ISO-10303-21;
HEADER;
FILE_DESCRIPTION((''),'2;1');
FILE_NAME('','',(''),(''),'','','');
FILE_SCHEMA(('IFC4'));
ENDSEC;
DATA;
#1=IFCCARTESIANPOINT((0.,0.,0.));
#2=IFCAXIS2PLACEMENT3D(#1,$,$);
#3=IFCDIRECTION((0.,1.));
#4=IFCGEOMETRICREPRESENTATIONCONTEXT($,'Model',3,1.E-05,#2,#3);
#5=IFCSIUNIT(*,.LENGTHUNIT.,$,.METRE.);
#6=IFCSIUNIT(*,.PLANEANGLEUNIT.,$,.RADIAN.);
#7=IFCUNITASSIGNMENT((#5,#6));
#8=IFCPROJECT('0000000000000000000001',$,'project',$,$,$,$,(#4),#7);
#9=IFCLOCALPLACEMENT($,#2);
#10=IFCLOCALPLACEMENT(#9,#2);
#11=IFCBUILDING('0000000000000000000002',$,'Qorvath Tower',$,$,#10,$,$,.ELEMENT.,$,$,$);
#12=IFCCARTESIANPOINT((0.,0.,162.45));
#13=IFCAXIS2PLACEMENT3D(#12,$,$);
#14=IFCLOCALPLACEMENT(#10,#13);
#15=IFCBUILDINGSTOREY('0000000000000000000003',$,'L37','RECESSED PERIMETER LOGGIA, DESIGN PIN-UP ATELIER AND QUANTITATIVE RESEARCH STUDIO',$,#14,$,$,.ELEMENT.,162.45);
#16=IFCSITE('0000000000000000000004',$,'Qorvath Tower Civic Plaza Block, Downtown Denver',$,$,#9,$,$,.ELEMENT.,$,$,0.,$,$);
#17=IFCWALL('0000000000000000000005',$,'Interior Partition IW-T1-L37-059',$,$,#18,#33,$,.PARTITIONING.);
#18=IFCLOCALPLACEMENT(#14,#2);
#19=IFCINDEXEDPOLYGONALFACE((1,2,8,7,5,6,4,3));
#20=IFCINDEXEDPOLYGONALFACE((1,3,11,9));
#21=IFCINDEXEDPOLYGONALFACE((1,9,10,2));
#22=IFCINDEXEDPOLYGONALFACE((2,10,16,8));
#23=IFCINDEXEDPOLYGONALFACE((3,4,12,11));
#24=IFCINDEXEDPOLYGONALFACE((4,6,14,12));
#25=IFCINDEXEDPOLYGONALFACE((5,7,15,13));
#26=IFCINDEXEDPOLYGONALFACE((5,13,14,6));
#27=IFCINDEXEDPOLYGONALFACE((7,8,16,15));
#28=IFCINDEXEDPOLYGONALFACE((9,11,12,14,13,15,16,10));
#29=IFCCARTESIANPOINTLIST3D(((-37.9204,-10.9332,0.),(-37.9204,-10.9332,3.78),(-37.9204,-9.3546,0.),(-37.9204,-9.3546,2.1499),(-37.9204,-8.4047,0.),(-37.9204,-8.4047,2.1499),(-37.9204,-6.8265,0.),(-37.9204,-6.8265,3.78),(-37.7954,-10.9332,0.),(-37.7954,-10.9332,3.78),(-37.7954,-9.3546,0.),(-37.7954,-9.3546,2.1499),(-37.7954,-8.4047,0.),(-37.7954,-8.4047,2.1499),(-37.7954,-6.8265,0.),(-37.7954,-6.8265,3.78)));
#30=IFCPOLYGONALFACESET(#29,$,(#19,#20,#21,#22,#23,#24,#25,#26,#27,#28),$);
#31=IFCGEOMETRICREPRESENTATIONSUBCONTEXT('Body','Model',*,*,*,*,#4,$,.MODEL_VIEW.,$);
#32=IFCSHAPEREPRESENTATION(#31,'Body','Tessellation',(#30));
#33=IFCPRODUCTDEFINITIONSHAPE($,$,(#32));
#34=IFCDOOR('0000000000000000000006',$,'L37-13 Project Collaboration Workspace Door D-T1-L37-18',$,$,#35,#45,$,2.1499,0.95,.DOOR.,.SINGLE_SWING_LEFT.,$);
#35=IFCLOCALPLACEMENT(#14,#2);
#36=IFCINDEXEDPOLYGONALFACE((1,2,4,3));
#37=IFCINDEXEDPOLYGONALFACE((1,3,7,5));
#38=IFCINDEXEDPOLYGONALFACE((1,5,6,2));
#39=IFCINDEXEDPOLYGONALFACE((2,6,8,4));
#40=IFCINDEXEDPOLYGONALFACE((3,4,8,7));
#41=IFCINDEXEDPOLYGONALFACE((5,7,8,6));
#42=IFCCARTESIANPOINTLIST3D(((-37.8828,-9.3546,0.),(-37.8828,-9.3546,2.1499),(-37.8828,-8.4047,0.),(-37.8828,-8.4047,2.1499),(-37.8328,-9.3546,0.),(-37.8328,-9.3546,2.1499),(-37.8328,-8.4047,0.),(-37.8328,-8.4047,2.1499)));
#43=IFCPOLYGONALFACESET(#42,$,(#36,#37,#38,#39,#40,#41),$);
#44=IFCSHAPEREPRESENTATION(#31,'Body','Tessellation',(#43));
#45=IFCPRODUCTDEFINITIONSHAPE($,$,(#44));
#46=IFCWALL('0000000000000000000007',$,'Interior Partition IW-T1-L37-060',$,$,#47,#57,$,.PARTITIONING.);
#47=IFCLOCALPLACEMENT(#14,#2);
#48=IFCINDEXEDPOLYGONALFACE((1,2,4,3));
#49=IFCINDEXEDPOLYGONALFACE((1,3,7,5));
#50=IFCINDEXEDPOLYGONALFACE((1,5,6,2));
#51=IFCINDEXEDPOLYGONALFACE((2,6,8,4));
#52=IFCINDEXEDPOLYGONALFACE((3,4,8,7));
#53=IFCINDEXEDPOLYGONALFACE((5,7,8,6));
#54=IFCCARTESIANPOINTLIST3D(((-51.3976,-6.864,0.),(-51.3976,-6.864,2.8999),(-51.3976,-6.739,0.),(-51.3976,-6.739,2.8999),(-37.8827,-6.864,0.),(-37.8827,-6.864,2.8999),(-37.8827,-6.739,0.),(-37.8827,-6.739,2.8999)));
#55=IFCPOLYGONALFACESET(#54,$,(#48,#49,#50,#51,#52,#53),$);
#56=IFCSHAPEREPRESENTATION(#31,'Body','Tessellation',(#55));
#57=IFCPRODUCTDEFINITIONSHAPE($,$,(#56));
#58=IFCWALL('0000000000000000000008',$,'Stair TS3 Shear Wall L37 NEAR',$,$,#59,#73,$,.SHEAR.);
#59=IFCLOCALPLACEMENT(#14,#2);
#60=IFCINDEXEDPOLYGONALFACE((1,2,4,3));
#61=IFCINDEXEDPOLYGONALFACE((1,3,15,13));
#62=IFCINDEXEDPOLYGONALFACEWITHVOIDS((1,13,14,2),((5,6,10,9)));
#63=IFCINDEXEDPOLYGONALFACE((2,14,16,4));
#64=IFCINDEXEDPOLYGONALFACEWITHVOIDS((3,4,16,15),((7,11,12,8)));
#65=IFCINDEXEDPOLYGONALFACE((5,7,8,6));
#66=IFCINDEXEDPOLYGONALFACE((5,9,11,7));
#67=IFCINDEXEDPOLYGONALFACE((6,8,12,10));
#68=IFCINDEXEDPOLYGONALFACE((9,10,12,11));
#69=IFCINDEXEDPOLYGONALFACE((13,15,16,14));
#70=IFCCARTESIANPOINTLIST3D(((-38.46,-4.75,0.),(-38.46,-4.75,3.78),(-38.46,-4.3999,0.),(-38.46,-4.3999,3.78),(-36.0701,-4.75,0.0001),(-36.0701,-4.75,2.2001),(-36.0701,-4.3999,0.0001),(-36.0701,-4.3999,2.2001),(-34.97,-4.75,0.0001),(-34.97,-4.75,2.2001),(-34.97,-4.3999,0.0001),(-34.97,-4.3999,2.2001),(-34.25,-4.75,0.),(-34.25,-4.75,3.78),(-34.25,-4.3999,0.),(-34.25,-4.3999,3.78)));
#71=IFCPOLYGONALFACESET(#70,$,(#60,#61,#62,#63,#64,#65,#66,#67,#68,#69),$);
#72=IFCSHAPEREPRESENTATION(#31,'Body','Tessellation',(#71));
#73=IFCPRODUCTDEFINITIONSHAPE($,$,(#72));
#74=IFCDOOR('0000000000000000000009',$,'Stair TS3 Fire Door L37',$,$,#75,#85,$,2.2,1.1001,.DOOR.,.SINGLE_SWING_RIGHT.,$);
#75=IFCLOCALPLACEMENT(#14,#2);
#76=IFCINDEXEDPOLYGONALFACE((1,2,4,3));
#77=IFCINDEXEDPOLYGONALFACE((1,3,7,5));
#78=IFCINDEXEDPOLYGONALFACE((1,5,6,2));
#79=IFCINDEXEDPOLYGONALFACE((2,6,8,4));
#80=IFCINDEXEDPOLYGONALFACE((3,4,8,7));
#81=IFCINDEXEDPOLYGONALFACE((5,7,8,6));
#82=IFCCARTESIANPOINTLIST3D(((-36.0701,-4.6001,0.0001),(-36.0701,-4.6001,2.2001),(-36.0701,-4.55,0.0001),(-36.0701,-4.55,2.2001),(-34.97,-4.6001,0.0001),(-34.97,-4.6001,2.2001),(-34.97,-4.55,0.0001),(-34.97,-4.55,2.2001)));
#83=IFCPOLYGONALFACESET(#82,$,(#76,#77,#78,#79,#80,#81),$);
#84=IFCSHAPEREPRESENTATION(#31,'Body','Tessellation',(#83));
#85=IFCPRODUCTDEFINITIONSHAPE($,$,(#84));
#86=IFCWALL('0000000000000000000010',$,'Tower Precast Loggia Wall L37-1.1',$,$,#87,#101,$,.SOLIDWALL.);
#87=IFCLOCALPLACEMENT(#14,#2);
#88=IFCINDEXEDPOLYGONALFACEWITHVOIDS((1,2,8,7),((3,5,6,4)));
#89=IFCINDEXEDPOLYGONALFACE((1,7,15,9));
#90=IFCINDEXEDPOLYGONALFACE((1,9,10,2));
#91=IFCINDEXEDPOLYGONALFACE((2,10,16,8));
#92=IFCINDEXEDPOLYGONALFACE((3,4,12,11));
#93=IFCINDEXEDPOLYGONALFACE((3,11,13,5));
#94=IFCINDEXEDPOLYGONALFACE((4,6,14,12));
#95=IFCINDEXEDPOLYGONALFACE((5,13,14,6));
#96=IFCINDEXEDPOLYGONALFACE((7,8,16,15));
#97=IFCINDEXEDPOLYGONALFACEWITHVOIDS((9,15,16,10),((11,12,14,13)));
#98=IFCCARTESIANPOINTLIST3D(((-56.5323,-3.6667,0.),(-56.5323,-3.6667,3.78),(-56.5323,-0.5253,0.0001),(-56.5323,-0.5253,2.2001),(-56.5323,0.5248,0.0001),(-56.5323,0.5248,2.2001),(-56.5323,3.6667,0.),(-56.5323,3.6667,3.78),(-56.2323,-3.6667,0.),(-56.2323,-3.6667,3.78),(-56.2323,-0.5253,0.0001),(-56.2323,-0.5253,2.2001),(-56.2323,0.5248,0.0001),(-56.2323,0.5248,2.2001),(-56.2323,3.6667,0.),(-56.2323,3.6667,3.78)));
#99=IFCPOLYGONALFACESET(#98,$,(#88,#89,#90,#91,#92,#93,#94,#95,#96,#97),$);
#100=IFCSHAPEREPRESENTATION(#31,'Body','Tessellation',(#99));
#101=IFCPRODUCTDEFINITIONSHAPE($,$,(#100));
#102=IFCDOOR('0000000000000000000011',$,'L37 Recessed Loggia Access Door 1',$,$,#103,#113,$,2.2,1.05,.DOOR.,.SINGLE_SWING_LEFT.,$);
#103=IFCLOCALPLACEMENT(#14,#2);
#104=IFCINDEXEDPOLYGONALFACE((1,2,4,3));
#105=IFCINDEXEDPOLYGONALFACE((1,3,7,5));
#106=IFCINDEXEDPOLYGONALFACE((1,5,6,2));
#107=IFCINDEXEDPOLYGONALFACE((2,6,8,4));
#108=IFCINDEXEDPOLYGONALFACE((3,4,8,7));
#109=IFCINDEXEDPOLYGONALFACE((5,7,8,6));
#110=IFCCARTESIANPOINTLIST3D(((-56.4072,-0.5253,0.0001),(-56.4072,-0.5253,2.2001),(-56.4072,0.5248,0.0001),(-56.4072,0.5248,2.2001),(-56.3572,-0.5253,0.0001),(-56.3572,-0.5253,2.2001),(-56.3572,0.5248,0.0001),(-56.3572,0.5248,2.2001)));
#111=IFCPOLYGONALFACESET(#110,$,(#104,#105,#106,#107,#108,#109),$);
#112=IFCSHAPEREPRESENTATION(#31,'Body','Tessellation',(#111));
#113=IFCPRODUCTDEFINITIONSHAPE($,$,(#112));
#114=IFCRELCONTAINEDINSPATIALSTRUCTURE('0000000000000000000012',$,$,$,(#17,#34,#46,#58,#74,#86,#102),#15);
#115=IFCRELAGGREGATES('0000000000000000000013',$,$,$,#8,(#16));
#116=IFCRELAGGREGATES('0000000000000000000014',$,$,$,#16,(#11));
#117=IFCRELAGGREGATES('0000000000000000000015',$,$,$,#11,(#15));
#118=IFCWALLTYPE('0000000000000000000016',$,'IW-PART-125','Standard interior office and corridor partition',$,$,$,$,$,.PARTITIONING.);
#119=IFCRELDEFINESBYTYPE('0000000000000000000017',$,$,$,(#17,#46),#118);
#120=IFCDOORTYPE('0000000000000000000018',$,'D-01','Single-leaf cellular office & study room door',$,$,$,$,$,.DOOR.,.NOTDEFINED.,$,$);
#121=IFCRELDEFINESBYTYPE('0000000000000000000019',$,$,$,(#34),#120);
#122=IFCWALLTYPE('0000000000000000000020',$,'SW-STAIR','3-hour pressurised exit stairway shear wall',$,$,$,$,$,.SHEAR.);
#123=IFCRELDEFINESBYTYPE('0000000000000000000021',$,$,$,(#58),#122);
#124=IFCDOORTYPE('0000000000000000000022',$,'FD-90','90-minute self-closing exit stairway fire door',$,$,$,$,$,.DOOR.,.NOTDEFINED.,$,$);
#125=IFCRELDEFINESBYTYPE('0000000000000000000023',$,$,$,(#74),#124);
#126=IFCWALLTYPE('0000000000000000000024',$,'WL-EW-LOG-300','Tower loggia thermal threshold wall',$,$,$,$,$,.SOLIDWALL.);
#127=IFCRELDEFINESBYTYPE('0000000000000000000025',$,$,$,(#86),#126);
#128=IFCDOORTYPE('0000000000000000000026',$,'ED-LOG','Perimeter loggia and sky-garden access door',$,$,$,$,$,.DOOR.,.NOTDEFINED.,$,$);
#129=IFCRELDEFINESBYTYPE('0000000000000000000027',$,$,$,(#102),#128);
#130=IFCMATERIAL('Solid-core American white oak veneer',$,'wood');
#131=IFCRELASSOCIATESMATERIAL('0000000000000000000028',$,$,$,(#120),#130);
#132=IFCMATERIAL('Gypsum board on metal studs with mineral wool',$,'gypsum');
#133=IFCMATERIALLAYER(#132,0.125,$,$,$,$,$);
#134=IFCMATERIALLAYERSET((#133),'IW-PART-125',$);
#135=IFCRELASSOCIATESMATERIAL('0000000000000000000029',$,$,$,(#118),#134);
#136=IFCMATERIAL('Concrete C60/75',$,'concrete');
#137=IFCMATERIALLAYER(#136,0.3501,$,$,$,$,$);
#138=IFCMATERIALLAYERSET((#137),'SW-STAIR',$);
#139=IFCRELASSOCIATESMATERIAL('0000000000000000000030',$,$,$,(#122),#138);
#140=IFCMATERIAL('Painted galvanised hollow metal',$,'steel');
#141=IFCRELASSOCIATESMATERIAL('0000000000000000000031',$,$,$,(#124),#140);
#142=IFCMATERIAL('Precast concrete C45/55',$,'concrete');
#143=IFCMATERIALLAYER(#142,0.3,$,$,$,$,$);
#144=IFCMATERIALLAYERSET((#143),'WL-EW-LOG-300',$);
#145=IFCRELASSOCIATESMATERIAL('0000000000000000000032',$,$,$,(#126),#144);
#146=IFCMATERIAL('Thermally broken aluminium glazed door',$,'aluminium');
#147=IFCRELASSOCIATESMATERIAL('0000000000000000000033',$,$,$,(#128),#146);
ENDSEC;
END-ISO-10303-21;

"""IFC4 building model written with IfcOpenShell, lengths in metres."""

from ifc_helpers import new_model, si_unit, direction, frame, frame_2d, origin, place, context, subcontext, project, spatial, rectangle, extrude, material, layer, layer_set, type_object, element, fill, save


model = new_model("IFC4")

# Units and contexts
model_context = context("Model", 3, precision=1e-05, world=origin(), true_north=direction((0.0, 1.0)))
body_context = subcontext(model_context, "Body", "Model", "MODEL_VIEW")
ifc_project = project(units=[si_unit("LENGTHUNIT", "METRE"), si_unit("PLANEANGLEUNIT", "RADIAN")], contexts=[model_context])

# Site, building, storey
site_placement = place(None, origin())
site = spatial("IfcSite", under=ifc_project, at=site_placement, Name="Qorvath Tower Civic Plaza Block, Downtown Denver", CompositionType="ELEMENT", RefElevation=0.0)
building_placement = place(site_placement, origin())
building = spatial("IfcBuilding", under=site, at=building_placement, Name="Qorvath Tower", CompositionType="ELEMENT")
storey_placement = place(building_placement, frame((0.0, 0.0, 162.45)))
storey = spatial("IfcBuildingStorey", under=building, at=storey_placement, Name="L37", Description="RECESSED PERIMETER LOGGIA, DESIGN PIN-UP ATELIER AND QUANTITATIVE RESEARCH STUDIO", CompositionType="ELEMENT", Elevation=162.45)

# Wall, opening, door
ifc_material_1 = material(Name="Solid-core American white oak veneer", Category="wood")
door_type_1 = type_object("IfcDoorType", Name="D-01", Description="Single-leaf cellular office & study room door", OperationType="NOTDEFINED", PredefinedType="DOOR", material=ifc_material_1)
ifc_material_2 = material(Name="Gypsum board on metal studs with mineral wool", Category="gypsum")
ifc_layer_1 = layer(ifc_material_2, 0.125)
ifc_layer_set_1 = layer_set([ifc_layer_1], Name="IW-PART-125")
wall_type_1 = type_object("IfcWallType", Name="IW-PART-125", Description="Standard interior office and corridor partition", PredefinedType="PARTITIONING", material=ifc_layer_set_1)
wall_1_placement = place(storey_placement, frame((-37.8579, -10.9331, 0.0), z_axis=(0.0, 0.0, 1.0), x_axis=(0.0, 1.0, 0.0)))
wall_1 = element("IfcWall", 1, at=wall_1_placement, inside=storey, type_object=wall_type_1, Name="Interior Partition IW-T1-L37-059", PredefinedType="PARTITIONING", context=body_context, shape_type="SweptSolid", body=[
    extrude(rectangle(XDim=4.1067, YDim=0.125, at=frame_2d((2.0532, 0.0))), origin(), (0.0, 0.0, 1.0), 3.78),
])
opening_1_placement = place(wall_1_placement, frame((1.5784, 0.0, 0.0)))
opening_1 = element("IfcOpeningElement", 2, at=opening_1_placement, cuts=wall_1, PredefinedType="OPENING", context=body_context, shape_type="SweptSolid", body=[
    extrude(rectangle(XDim=0.95, YDim=2.1499, at=frame_2d((0.4751, 1.075))), frame((0.0, 0.0725, 0.0), z_axis=(0.0, -1.0, 0.0), x_axis=(1.0, 0.0, 0.0)), (0.0, 0.0, 1.0), 0.145),
])
door_1_placement = place(opening_1_placement, origin())
door_1 = element("IfcDoor", 3, at=door_1_placement, inside=storey, type_object=door_type_1, Name="L37-13 Project Collaboration Workspace Door D-T1-L37-18", OperationType="SINGLE_SWING_LEFT", OverallHeight=2.1499, OverallWidth=0.95, PredefinedType="DOOR", context=body_context, shape_type="SweptSolid", body=[
    extrude(rectangle(XDim=0.95, YDim=2.1499, at=frame_2d((0.4751, 1.075))), frame((0.0, 0.0249, 0.0), z_axis=(0.0, -1.0, 0.0), x_axis=(1.0, 0.0, 0.0)), (0.0, 0.0, 1.0), 0.05),
])
fill(opening_1, door_1)

# Wall
wall_2_placement = place(storey_placement, frame((-37.8828, -6.8015, 0.0), z_axis=(0.0, 0.0, 1.0), x_axis=(-1.0, 0.0, 0.0)))
element("IfcWall", 4, at=wall_2_placement, inside=storey, type_object=wall_type_1, Name="Interior Partition IW-T1-L37-060", PredefinedType="PARTITIONING", context=body_context, shape_type="SweptSolid", body=[
    extrude(rectangle(XDim=13.5149, YDim=0.125, at=frame_2d((6.7573, 0.0))), origin(), (0.0, 0.0, 1.0), 2.8999),
])

# Walls, openings, doors
ifc_material_3 = material(Name="Concrete C60/75", Category="concrete")
ifc_layer_2 = layer(ifc_material_3, 0.3501)
ifc_layer_set_2 = layer_set([ifc_layer_2], Name="SW-STAIR")
wall_type_2 = type_object("IfcWallType", Name="SW-STAIR", Description="3-hour pressurised exit stairway shear wall", PredefinedType="SHEAR", material=ifc_layer_set_2)
wall_3_placement = place(storey_placement, frame((-38.46, -4.575, 0.0), z_axis=(0.0, 0.0, 1.0), x_axis=(1.0, 0.0, 0.0)))
wall_3 = element("IfcWall", 5, at=wall_3_placement, inside=storey, type_object=wall_type_2, Name="Stair TS3 Shear Wall L37 NEAR", PredefinedType="SHEAR", context=body_context, shape_type="SweptSolid", body=[
    extrude(rectangle(XDim=4.21, YDim=0.3501, at=frame_2d((2.105, 0.0))), origin(), (0.0, 0.0, 1.0), 3.78),
])
opening_2_placement = place(wall_3_placement, frame((2.3899, 0.0, 0.0)))
opening_2 = element("IfcOpeningElement", 6, at=opening_2_placement, cuts=wall_3, PredefinedType="OPENING", context=body_context, shape_type="SweptSolid", body=[
    extrude(rectangle(XDim=1.1001, YDim=2.2, at=frame_2d((0.55, 1.1001))), frame((0.0, 0.1851, 0.0), z_axis=(0.0, -1.0, 0.0), x_axis=(1.0, 0.0, 0.0)), (0.0, 0.0, 1.0), 0.3701),
])
ifc_material_4 = material(Name="Painted galvanised hollow metal", Category="steel")
door_type_2 = type_object("IfcDoorType", Name="FD-90", Description="90-minute self-closing exit stairway fire door", OperationType="NOTDEFINED", PredefinedType="DOOR", material=ifc_material_4)
door_2_placement = place(opening_2_placement, origin())
door_2 = element("IfcDoor", 7, at=door_2_placement, inside=storey, type_object=door_type_2, Name="Stair TS3 Fire Door L37", OperationType="SINGLE_SWING_RIGHT", OverallHeight=2.2, OverallWidth=1.1001, PredefinedType="DOOR", context=body_context, shape_type="SweptSolid", body=[
    extrude(rectangle(XDim=1.1001, YDim=2.2, at=frame_2d((0.55, 1.1001))), frame((0.0, 0.0249, 0.0), z_axis=(0.0, -1.0, 0.0), x_axis=(1.0, 0.0, 0.0)), (0.0, 0.0, 1.0), 0.05),
])
fill(opening_2, door_2)
ifc_material_5 = material(Name="Precast concrete C45/55", Category="concrete")
ifc_layer_3 = layer(ifc_material_5, 0.3)
ifc_layer_set_3 = layer_set([ifc_layer_3], Name="WL-EW-LOG-300")
wall_type_3 = type_object("IfcWallType", Name="WL-EW-LOG-300", Description="Tower loggia thermal threshold wall", PredefinedType="SOLIDWALL", material=ifc_layer_set_3)
wall_4_placement = place(storey_placement, frame((-56.3823, -3.6667, 0.0), z_axis=(0.0, 0.0, 1.0), x_axis=(0.0, 1.0, 0.0)))
wall_4 = element("IfcWall", 8, at=wall_4_placement, inside=storey, type_object=wall_type_3, Name="Tower Precast Loggia Wall L37-1.1", PredefinedType="SOLIDWALL", context=body_context, shape_type="SweptSolid", body=[
    extrude(rectangle(XDim=7.3335, YDim=0.3, at=frame_2d((3.6667, 0.0))), origin(), (0.0, 0.0, 1.0), 3.78),
])
opening_3_placement = place(wall_4_placement, frame((3.1416, 0.0, 0.0)))
opening_3 = element("IfcOpeningElement", 9, at=opening_3_placement, cuts=wall_4, PredefinedType="OPENING", context=body_context, shape_type="SweptSolid", body=[
    extrude(rectangle(XDim=1.05, YDim=2.2, at=frame_2d((0.5249, 1.1001))), frame((0.0, 0.1602, 0.0), z_axis=(0.0, -1.0, 0.0), x_axis=(1.0, 0.0, 0.0)), (0.0, 0.0, 1.0), 0.3201),
])
ifc_material_6 = material(Name="Thermally broken aluminium glazed door", Category="aluminium")
door_type_3 = type_object("IfcDoorType", Name="ED-LOG", Description="Perimeter loggia and sky-garden access door", OperationType="NOTDEFINED", PredefinedType="DOOR", material=ifc_material_6)
door_3_placement = place(opening_3_placement, origin())
door_3 = element("IfcDoor", 10, at=door_3_placement, inside=storey, type_object=door_type_3, Name="L37 Recessed Loggia Access Door 1", OperationType="SINGLE_SWING_LEFT", OverallHeight=2.2, OverallWidth=1.05, PredefinedType="DOOR", context=body_context, shape_type="SweptSolid", body=[
    extrude(rectangle(XDim=1.05, YDim=2.2, at=frame_2d((0.5249, 1.1001))), frame((0.0, 0.0249, 0.0), z_axis=(0.0, -1.0, 0.0), x_axis=(1.0, 0.0, 0.0)), (0.0, 0.0, 1.0), 0.05),
])
fill(opening_3, door_3)

save(model, "model.ifc")
